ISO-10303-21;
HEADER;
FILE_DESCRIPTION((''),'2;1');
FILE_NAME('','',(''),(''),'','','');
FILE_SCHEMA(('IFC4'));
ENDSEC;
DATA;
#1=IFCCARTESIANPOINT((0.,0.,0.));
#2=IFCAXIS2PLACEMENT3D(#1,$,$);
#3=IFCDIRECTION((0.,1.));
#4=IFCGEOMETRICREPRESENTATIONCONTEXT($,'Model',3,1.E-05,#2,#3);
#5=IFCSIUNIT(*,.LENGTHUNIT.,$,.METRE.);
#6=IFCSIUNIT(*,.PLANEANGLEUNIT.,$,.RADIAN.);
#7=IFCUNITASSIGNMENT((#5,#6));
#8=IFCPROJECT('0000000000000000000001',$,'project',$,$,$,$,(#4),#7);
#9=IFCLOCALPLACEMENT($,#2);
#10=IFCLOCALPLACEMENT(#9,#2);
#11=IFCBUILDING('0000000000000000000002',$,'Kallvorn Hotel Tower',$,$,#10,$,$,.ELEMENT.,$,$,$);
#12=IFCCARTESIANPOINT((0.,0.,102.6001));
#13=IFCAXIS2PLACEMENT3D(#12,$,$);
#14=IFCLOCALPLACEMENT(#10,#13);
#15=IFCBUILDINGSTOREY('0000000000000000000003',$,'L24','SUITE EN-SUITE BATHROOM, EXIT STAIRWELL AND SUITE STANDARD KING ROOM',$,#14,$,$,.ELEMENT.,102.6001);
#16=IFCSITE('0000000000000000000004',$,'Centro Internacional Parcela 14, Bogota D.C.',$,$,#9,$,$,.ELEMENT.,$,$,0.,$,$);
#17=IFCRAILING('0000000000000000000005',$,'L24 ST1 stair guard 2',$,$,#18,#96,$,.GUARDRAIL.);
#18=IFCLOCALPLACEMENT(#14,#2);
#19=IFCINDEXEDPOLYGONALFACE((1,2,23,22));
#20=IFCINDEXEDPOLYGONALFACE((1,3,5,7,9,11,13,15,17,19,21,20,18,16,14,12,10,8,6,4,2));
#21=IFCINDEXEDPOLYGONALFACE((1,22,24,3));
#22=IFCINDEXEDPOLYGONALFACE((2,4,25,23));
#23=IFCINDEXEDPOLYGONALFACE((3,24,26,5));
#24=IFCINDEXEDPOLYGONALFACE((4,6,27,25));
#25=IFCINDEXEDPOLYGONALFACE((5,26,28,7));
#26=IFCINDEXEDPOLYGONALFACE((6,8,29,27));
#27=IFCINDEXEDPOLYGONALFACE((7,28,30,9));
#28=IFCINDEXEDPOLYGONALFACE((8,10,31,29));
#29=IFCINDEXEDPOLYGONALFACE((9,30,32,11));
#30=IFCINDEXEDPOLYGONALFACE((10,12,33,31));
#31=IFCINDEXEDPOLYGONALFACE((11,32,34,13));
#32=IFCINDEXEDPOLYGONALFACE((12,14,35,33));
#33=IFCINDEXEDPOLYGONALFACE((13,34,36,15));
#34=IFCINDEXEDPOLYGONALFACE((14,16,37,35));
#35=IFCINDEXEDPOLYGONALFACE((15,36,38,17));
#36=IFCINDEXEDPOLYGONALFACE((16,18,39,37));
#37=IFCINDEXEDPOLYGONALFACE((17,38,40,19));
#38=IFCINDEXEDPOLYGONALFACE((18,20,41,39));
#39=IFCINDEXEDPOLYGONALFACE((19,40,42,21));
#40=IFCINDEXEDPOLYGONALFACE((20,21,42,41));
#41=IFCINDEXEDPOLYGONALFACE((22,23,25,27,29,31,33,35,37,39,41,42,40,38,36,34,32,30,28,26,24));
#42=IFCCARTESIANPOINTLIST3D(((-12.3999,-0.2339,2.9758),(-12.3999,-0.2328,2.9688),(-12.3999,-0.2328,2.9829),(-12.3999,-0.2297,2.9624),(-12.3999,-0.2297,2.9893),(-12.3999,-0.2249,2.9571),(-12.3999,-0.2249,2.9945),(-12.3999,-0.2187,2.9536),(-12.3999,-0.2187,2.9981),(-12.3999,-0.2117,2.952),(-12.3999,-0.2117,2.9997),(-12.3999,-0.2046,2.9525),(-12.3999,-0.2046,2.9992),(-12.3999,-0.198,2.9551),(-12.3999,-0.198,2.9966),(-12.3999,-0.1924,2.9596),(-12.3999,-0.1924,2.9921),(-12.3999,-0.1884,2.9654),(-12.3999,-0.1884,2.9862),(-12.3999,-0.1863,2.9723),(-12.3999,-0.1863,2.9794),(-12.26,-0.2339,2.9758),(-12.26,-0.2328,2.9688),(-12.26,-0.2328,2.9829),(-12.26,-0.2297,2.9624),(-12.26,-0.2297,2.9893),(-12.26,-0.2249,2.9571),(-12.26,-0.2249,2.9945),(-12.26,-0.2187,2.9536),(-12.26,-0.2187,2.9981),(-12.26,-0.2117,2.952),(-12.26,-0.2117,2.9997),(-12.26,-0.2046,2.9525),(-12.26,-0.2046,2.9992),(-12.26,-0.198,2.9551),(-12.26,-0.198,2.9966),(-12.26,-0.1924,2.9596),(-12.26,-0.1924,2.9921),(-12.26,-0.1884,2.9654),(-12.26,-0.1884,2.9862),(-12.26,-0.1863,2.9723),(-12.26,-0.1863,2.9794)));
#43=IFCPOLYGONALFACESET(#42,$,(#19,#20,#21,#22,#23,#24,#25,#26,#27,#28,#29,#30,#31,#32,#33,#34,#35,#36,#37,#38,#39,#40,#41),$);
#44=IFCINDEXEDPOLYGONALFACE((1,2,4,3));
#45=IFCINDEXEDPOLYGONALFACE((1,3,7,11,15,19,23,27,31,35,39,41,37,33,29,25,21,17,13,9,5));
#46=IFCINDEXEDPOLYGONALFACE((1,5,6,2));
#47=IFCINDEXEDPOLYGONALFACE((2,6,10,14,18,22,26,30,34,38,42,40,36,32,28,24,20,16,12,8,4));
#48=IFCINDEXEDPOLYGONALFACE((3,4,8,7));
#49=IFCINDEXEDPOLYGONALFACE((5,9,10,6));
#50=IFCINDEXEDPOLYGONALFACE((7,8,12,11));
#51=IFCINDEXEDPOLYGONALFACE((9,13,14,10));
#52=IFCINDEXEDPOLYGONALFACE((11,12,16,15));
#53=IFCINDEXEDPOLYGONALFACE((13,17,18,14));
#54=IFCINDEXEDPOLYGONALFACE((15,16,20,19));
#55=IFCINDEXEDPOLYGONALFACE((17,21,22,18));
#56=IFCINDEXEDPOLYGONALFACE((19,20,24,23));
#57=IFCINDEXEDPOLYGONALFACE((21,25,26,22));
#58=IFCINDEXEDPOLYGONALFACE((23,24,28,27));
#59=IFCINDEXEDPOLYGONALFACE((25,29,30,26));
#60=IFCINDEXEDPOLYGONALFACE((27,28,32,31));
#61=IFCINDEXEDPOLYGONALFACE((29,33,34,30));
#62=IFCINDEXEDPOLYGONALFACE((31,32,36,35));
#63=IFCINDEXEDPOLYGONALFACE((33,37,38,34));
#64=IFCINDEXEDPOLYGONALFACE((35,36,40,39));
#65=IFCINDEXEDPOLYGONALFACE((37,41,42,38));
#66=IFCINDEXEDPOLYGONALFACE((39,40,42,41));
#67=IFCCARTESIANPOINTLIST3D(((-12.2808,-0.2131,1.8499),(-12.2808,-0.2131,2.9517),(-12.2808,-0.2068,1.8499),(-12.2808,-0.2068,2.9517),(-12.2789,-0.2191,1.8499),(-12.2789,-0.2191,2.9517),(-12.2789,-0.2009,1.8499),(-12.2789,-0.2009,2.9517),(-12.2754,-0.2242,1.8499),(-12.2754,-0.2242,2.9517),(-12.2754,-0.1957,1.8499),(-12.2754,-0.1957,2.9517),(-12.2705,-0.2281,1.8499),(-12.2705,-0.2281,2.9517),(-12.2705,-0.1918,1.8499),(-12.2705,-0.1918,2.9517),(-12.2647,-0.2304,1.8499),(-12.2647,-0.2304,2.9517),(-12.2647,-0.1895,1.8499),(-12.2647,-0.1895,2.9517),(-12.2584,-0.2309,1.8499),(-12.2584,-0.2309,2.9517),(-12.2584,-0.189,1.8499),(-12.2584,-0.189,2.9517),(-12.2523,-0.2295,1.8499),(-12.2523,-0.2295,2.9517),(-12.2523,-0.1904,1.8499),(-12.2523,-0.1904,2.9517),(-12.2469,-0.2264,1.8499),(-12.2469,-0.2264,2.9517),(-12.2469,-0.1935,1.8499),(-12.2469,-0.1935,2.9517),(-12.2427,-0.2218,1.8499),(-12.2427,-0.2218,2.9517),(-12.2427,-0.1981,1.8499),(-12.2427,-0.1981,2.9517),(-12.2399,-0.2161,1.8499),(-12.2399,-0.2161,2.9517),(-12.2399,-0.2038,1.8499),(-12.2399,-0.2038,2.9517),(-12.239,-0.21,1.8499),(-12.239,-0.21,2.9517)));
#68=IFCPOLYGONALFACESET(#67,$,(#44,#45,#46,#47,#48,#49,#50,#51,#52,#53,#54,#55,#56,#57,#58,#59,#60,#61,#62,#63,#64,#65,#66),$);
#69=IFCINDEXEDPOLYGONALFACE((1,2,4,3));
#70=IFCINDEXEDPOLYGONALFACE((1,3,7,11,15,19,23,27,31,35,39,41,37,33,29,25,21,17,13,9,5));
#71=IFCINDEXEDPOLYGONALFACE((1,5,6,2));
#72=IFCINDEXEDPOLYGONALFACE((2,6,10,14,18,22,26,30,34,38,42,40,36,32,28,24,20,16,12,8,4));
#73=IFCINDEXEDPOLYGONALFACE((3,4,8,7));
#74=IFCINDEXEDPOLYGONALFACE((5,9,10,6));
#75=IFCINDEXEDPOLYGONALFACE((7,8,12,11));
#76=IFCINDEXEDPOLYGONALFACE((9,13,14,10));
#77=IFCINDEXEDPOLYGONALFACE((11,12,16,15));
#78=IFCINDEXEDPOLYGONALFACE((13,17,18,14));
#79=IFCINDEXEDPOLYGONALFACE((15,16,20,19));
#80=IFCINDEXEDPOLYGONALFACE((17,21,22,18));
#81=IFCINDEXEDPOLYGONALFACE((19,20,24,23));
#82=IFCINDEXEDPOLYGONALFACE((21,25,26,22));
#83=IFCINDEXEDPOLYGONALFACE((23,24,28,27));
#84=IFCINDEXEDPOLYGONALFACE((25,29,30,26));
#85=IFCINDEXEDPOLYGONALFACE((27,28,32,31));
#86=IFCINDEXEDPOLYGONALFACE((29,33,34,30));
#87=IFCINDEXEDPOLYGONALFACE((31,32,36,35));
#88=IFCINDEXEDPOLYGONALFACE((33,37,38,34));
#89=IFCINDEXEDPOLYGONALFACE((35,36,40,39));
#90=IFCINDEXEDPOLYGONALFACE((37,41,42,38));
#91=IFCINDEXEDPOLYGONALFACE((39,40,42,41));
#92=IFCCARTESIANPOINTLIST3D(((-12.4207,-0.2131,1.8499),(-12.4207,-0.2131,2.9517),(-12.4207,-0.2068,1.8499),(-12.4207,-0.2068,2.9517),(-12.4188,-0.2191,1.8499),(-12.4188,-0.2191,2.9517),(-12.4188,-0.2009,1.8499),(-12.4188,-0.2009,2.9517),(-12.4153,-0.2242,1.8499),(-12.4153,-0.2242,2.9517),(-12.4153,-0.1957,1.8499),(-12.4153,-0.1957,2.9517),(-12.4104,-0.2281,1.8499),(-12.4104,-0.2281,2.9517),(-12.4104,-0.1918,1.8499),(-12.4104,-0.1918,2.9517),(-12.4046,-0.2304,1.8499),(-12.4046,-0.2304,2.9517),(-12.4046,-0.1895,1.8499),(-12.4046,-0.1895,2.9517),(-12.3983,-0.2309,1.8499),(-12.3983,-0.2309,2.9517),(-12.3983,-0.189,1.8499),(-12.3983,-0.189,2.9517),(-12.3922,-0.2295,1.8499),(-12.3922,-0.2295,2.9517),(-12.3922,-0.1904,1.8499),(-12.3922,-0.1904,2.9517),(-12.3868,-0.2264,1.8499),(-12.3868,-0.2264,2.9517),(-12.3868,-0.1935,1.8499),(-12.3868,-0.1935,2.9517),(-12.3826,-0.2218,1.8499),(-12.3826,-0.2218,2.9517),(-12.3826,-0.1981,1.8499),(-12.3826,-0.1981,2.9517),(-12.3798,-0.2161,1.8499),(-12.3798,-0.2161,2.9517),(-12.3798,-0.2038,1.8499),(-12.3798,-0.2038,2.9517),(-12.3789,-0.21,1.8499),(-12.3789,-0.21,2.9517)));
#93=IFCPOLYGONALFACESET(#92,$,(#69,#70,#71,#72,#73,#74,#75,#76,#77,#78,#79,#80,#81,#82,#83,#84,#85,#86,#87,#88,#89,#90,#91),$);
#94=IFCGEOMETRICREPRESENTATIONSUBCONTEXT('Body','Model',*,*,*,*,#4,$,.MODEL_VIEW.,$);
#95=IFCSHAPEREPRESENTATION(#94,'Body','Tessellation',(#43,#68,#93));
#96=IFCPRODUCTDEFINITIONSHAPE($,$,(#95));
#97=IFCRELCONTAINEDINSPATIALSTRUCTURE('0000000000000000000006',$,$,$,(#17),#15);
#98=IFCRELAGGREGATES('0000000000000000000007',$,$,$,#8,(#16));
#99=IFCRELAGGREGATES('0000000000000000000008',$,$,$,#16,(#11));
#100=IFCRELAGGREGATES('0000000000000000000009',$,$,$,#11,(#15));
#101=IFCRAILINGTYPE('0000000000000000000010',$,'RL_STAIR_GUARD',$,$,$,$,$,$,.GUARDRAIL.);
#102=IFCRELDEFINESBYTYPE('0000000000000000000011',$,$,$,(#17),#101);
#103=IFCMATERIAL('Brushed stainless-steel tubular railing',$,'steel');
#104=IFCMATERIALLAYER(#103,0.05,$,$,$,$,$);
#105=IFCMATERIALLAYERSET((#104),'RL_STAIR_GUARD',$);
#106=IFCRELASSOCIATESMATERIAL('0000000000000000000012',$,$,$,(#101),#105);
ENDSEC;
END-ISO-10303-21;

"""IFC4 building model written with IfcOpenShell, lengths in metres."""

from ifc_helpers import new_model, si_unit, direction, frame, origin, origin_2d, place, context, subcontext, project, spatial, circle, extrude, material, layer, layer_set, type_object, element, save


model = new_model("IFC4")

# Units and contexts
model_context = context("Model", 3, precision=1e-05, world=origin(), true_north=direction((0.0, 1.0)))
body_context = subcontext(model_context, "Body", "Model", "MODEL_VIEW")
ifc_project = project(units=[si_unit("LENGTHUNIT", "METRE"), si_unit("PLANEANGLEUNIT", "RADIAN")], contexts=[model_context])

# Site, building, storey
site_placement = place(None, origin())
site = spatial("IfcSite", under=ifc_project, at=site_placement, Name="Centro Internacional Parcela 14, Bogota D.C.", CompositionType="ELEMENT", RefElevation=0.0)
building_placement = place(site_placement, origin())
building = spatial("IfcBuilding", under=site, at=building_placement, Name="Kallvorn Hotel Tower", CompositionType="ELEMENT")
storey_placement = place(building_placement, frame((0.0, 0.0, 102.6001)))
storey = spatial("IfcBuildingStorey", under=building, at=storey_placement, Name="L24", Description="SUITE EN-SUITE BATHROOM, EXIT STAIRWELL AND SUITE STANDARD KING ROOM", CompositionType="ELEMENT", Elevation=102.6001)

# Railing
ifc_material_1 = material(Name="Brushed stainless-steel tubular railing", Category="steel")
ifc_layer_1 = layer(ifc_material_1, 0.05)
ifc_layer_set_1 = layer_set([ifc_layer_1], Name="RL_STAIR_GUARD")
railing_type_1 = type_object("IfcRailingType", Name="RL_STAIR_GUARD", PredefinedType="GUARDRAIL", material=ifc_layer_set_1)
railing_1_placement = place(storey_placement, frame((-12.26, -0.21, 1.8499)))
element("IfcRailing", 1, at=railing_1_placement, inside=storey, type_object=railing_type_1, Name="L24 ST1 stair guard 2", PredefinedType="GUARDRAIL", context=body_context, shape_type="SweptSolid", body=[
    extrude(circle(Radius=0.0239, at=origin_2d()), frame((0.0, 0.0, 1.126), z_axis=(-1.0, 0.0, 0.0), x_axis=(0.0, -1.0, 0.0)), (0.0, 0.0, 1.0), 0.1399),
    extrude(circle(Radius=0.021, at=origin_2d()), origin(), (0.0, 0.0, 1.0), 1.1018),
    extrude(circle(Radius=0.021, at=origin_2d()), frame((-0.1399, 0.0, 0.0)), (0.0, 0.0, 1.0), 1.1018),
])

save(model, "model.ifc")
